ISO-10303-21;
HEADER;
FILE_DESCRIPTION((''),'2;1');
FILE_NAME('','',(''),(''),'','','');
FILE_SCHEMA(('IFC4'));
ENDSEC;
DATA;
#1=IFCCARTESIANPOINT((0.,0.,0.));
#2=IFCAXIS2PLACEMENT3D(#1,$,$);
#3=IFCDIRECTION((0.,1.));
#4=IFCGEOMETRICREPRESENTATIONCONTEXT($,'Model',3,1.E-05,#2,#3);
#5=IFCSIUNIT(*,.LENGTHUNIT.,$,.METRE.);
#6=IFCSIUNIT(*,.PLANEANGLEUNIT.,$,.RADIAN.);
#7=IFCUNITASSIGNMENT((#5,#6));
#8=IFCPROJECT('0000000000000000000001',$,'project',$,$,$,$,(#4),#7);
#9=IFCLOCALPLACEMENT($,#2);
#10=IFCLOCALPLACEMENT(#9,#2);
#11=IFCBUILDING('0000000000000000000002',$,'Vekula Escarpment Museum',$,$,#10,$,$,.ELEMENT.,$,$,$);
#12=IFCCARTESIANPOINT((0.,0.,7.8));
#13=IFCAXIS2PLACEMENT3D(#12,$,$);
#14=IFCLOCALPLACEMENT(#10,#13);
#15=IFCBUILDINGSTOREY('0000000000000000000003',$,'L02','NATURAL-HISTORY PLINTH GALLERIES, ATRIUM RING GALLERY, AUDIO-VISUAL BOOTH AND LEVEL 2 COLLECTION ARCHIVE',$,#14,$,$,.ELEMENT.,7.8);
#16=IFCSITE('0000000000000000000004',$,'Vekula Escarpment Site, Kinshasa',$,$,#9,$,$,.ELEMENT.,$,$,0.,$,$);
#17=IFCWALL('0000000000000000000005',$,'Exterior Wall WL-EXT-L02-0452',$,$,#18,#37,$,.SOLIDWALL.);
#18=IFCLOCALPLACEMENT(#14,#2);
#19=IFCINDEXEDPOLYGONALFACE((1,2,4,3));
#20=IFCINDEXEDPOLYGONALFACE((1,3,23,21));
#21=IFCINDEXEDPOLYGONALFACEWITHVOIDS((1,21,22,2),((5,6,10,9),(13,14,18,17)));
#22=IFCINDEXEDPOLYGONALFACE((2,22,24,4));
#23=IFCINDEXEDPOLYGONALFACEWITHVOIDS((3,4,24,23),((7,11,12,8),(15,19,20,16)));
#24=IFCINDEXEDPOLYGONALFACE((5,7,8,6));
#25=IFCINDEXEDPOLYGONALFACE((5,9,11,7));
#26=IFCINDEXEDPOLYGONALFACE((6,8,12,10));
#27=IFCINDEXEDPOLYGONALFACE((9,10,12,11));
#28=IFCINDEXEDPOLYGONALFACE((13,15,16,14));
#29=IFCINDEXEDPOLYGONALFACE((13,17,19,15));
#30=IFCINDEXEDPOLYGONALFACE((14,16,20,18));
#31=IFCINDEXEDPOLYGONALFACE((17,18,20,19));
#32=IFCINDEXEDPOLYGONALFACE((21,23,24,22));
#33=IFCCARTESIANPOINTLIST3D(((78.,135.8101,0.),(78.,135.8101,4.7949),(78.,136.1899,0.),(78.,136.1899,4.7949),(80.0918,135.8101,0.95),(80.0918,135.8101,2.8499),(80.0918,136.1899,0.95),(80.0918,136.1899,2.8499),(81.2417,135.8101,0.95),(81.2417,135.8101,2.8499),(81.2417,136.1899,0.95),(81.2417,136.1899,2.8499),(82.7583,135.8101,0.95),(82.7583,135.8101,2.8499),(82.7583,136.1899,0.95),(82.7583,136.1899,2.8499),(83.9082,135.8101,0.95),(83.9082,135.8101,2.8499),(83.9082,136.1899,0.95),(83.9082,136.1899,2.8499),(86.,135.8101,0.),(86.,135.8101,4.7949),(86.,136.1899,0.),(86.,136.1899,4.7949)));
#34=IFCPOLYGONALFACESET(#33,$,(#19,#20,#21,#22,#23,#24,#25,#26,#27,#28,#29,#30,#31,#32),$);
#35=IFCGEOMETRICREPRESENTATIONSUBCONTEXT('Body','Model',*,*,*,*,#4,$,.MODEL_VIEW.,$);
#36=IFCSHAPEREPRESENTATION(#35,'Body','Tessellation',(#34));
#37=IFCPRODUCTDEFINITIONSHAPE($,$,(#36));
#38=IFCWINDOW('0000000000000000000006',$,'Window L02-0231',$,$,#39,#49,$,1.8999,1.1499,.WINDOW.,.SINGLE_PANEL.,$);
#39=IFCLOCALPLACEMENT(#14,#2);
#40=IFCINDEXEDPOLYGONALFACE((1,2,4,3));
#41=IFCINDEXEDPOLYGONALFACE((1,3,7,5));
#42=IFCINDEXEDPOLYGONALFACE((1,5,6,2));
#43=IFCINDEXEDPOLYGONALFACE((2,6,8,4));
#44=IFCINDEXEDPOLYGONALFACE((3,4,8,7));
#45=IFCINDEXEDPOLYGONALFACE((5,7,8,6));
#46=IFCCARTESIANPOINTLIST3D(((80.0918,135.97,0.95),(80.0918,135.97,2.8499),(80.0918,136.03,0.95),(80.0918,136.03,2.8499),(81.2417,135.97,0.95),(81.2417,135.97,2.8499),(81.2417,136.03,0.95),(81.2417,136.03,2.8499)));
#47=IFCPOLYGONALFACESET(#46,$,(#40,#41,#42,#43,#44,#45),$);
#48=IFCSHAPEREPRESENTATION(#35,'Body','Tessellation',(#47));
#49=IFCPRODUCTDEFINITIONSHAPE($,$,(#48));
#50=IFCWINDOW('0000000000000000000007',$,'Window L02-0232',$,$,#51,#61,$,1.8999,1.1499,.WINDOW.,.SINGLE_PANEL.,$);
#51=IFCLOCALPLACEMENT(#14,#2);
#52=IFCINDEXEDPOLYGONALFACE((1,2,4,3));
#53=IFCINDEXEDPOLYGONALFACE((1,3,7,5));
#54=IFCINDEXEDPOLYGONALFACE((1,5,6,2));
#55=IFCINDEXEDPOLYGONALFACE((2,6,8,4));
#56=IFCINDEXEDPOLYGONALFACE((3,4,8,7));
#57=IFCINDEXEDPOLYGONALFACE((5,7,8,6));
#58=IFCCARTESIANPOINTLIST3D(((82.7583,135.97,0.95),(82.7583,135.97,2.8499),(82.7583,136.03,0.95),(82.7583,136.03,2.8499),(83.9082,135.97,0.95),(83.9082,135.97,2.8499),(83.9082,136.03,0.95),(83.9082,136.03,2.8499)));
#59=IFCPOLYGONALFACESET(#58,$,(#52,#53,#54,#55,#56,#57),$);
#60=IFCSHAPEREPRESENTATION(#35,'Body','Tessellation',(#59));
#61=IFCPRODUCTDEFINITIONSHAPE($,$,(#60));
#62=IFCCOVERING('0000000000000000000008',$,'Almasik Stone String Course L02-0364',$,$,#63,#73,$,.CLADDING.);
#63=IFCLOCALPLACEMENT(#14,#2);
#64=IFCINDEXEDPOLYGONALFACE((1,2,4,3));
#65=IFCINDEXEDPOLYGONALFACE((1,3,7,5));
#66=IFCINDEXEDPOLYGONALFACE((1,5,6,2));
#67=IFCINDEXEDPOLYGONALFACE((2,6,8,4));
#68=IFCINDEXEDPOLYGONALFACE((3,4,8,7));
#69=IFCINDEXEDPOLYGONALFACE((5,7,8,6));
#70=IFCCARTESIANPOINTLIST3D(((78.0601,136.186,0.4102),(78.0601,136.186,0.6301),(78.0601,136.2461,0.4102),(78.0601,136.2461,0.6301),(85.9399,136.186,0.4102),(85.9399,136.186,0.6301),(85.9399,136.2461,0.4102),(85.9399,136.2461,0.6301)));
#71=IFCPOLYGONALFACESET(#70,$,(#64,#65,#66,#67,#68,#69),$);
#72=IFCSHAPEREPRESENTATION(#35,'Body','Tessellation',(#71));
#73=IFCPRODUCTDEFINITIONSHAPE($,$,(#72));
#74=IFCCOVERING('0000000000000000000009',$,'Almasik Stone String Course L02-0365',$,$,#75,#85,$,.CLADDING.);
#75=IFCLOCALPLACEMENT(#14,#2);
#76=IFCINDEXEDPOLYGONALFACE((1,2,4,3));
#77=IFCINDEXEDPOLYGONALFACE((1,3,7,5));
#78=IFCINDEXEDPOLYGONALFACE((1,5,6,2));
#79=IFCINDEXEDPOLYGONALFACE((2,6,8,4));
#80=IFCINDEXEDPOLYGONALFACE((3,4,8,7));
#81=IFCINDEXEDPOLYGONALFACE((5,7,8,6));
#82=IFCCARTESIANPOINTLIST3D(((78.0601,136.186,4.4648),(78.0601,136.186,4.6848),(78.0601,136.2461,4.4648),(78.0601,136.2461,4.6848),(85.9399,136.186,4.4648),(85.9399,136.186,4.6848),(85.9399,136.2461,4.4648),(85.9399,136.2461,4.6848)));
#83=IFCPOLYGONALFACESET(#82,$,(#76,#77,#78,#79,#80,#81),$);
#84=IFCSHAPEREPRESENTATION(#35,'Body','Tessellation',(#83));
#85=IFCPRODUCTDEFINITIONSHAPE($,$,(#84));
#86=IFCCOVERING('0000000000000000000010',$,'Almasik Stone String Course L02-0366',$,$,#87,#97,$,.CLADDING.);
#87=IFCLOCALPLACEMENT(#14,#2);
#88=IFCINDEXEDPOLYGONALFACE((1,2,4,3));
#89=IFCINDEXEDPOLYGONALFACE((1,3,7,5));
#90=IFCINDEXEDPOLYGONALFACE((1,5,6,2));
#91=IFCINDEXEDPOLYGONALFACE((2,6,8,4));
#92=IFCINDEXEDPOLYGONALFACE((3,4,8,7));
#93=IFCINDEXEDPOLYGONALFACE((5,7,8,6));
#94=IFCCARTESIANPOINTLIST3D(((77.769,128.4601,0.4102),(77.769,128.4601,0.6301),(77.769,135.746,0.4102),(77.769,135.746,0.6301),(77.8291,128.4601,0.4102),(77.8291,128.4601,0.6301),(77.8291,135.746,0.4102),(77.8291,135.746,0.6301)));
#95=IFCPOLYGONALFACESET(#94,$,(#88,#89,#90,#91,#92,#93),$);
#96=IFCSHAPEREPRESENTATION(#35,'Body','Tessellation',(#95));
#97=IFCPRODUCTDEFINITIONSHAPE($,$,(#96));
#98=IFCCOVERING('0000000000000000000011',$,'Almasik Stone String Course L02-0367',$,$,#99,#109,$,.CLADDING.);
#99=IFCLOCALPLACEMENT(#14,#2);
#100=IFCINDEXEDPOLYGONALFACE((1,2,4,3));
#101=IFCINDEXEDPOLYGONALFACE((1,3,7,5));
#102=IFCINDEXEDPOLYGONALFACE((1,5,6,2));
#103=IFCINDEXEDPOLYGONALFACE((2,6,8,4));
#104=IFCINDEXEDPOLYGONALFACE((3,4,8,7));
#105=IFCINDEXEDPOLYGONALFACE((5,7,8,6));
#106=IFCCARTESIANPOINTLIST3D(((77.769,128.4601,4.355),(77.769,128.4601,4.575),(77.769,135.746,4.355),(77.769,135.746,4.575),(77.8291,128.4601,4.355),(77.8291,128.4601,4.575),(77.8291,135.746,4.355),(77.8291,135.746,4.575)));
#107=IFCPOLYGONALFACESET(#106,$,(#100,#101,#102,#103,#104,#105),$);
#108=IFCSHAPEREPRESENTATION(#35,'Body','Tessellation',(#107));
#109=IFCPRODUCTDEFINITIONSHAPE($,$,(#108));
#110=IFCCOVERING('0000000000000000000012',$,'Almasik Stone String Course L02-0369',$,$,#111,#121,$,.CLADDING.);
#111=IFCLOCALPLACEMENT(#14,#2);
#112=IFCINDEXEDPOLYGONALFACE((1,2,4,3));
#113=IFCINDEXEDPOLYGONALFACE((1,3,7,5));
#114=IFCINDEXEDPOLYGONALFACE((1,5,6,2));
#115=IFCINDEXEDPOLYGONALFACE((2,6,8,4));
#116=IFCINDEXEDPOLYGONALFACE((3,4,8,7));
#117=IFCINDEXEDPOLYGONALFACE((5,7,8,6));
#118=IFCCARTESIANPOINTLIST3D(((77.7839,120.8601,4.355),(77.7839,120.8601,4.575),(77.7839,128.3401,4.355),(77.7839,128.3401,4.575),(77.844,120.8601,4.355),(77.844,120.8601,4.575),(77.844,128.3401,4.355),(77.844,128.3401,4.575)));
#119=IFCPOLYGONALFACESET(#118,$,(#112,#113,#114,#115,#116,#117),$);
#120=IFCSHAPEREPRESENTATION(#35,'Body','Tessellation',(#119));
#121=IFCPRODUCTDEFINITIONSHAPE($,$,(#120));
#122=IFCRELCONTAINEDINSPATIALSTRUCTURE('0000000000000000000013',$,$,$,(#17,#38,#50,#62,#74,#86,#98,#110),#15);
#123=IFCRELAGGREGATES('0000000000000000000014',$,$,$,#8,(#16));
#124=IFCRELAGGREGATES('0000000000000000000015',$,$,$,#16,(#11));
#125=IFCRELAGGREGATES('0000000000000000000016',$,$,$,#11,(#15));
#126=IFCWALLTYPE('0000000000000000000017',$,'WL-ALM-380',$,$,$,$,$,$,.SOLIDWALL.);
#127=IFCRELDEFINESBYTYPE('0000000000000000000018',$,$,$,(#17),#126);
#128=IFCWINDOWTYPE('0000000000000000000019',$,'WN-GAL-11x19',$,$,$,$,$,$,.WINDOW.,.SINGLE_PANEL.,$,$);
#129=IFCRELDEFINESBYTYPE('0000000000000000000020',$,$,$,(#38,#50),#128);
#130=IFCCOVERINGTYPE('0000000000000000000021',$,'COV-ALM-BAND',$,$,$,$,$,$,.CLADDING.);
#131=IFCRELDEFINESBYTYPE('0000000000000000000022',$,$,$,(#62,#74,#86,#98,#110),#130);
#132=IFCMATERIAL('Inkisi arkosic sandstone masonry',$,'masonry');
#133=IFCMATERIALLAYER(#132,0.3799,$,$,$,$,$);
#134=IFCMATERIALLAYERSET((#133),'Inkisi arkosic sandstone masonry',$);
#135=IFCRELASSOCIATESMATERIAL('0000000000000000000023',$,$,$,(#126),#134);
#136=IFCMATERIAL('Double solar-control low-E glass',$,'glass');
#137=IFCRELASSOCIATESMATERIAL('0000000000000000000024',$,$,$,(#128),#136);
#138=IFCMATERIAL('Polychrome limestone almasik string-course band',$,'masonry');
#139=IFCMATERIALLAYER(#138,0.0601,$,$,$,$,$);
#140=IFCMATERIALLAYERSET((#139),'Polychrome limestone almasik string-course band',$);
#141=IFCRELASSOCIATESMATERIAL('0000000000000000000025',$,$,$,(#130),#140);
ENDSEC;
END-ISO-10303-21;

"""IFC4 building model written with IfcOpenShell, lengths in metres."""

from ifc_helpers import new_model, si_unit, direction, frame, frame_2d, origin, origin_2d, place, context, subcontext, project, spatial, rectangle, extrude, material, layer, layer_set, type_object, element, fill, save


model = new_model("IFC4")

# Units and contexts
model_context = context("Model", 3, precision=1e-05, world=origin(), true_north=direction((0.0, 1.0)))
body_context = subcontext(model_context, "Body", "Model", "MODEL_VIEW")
ifc_project = project(units=[si_unit("LENGTHUNIT", "METRE"), si_unit("PLANEANGLEUNIT", "RADIAN")], contexts=[model_context])

# Site, building, storey
site_placement = place(None, origin())
site = spatial("IfcSite", under=ifc_project, at=site_placement, Name="Vekula Escarpment Site, Kinshasa", CompositionType="ELEMENT", RefElevation=0.0)
building_placement = place(site_placement, origin())
building = spatial("IfcBuilding", under=site, at=building_placement, Name="Vekula Escarpment Museum", CompositionType="ELEMENT")
storey_placement = place(building_placement, frame((0.0, 0.0, 7.8)))
storey = spatial("IfcBuildingStorey", under=building, at=storey_placement, Name="L02", Description="NATURAL-HISTORY PLINTH GALLERIES, ATRIUM RING GALLERY, AUDIO-VISUAL BOOTH AND LEVEL 2 COLLECTION ARCHIVE", CompositionType="ELEMENT", Elevation=7.8)

# Wall, openings, windows
ifc_material_1 = material(Name="Inkisi arkosic sandstone masonry", Category="masonry")
ifc_layer_1 = layer(ifc_material_1, 0.3799)
ifc_layer_set_1 = layer_set([ifc_layer_1], Name="Inkisi arkosic sandstone masonry")
wall_type_1 = type_object("IfcWallType", Name="WL-ALM-380", PredefinedType="SOLIDWALL", material=ifc_layer_set_1)
wall_1_placement = place(storey_placement, frame((78.0, 136.0, 0.0), z_axis=(0.0, 0.0, 1.0), x_axis=(1.0, 0.0, 0.0)))
wall_1 = element("IfcWall", 1, at=wall_1_placement, inside=storey, type_object=wall_type_1, Name="Exterior Wall WL-EXT-L02-0452", PredefinedType="SOLIDWALL", context=body_context, shape_type="SweptSolid", body=[
    extrude(rectangle(XDim=8.0, YDim=0.3799, at=frame_2d((4.0, 0.0))), origin(), (0.0, 0.0, 1.0), 4.7949),
])
opening_1_placement = place(wall_1_placement, frame((2.0918, 0.0, 0.95)))
opening_1 = element("IfcOpeningElement", 2, at=opening_1_placement, cuts=wall_1, PredefinedType="OPENING", context=body_context, shape_type="SweptSolid", body=[
    extrude(rectangle(XDim=1.1499, YDim=1.8999, at=frame_2d((0.575, 0.95))), frame((0.0, 0.2, 0.0), z_axis=(0.0, -1.0, 0.0), x_axis=(1.0, 0.0, 0.0)), (0.0, 0.0, 1.0), 0.3999),
])
opening_2_placement = place(wall_1_placement, frame((4.7583, 0.0, 0.95)))
opening_2 = element("IfcOpeningElement", 3, at=opening_2_placement, cuts=wall_1, PredefinedType="OPENING", context=body_context, shape_type="SweptSolid", body=[
    extrude(rectangle(XDim=1.1499, YDim=1.8999, at=frame_2d((0.575, 0.95))), frame((0.0, 0.2, 0.0), z_axis=(0.0, -1.0, 0.0), x_axis=(1.0, 0.0, 0.0)), (0.0, 0.0, 1.0), 0.3999),
])
ifc_material_2 = material(Name="Double solar-control low-E glass", Category="glass")
window_type_1 = type_object("IfcWindowType", Name="WN-GAL-11x19", PartitioningType="SINGLE_PANEL", PredefinedType="WINDOW", material=ifc_material_2)
window_1_placement = place(opening_1_placement, origin())
window_1 = element("IfcWindow", 4, at=window_1_placement, inside=storey, type_object=window_type_1, Name="Window L02-0231", OverallHeight=1.8999, OverallWidth=1.1499, PartitioningType="SINGLE_PANEL", PredefinedType="WINDOW", context=body_context, shape_type="SweptSolid", body=[
    extrude(rectangle(XDim=1.1499, YDim=1.8999, at=frame_2d((0.575, 0.95))), frame((0.0, 0.03, 0.0), z_axis=(0.0, -1.0, 0.0), x_axis=(1.0, 0.0, 0.0)), (0.0, 0.0, 1.0), 0.0601),
])
fill(opening_1, window_1)
window_2_placement = place(opening_2_placement, origin())
window_2 = element("IfcWindow", 5, at=window_2_placement, inside=storey, type_object=window_type_1, Name="Window L02-0232", OverallHeight=1.8999, OverallWidth=1.1499, PartitioningType="SINGLE_PANEL", PredefinedType="WINDOW", context=body_context, shape_type="SweptSolid", body=[
    extrude(rectangle(XDim=1.1499, YDim=1.8999, at=frame_2d((0.575, 0.95))), frame((0.0, 0.03, 0.0), z_axis=(0.0, -1.0, 0.0), x_axis=(1.0, 0.0, 0.0)), (0.0, 0.0, 1.0), 0.0601),
])
fill(opening_2, window_2)

# Coverings
ifc_material_3 = material(Name="Polychrome limestone almasik string-course band", Category="masonry")
ifc_layer_2 = layer(ifc_material_3, 0.0601)
ifc_layer_set_2 = layer_set([ifc_layer_2], Name="Polychrome limestone almasik string-course band")
covering_type = type_object("IfcCoveringType", Name="COV-ALM-BAND", PredefinedType="CLADDING", material=ifc_layer_set_2)
for number, where, z_axis, x_axis, name in (
    (6, (82.0, 136.2161, 0.4102), (0.0, 0.0, 1.0), (1.0, 0.0, 0.0), "Almasik Stone String Course L02-0364"),
    (7, (82.0, 136.2161, 4.4648), (0.0, 0.0, 1.0), (1.0, 0.0, 0.0), "Almasik Stone String Course L02-0365"),
):
    element("IfcCovering", number, at=place(storey_placement, frame(where, z_axis=z_axis, x_axis=x_axis)), inside=storey, type_object=covering_type, Name=name, PredefinedType="CLADDING", context=body_context, shape_type="SweptSolid", body=[
        extrude(rectangle(XDim=7.8799, YDim=0.0601, at=origin_2d()), origin(), (0.0, 0.0, 1.0), 0.22),
    ])
for number, where, z_axis, x_axis, name in (
    (8, (77.7991, 132.103, 0.4102), (0.0, 0.0, 1.0), (0.0, 1.0, 0.0), "Almasik Stone String Course L02-0366"),
    (9, (77.7991, 132.103, 4.355), (0.0, 0.0, 1.0), (0.0, 1.0, 0.0), "Almasik Stone String Course L02-0367"),
):
    element("IfcCovering", number, at=place(storey_placement, frame(where, z_axis=z_axis, x_axis=x_axis)), inside=storey, type_object=covering_type, Name=name, PredefinedType="CLADDING", context=body_context, shape_type="SweptSolid", body=[
        extrude(rectangle(XDim=7.2859, YDim=0.0601, at=origin_2d()), origin(), (0.0, 0.0, 1.0), 0.22),
    ])
covering_placement = place(storey_placement, frame((77.814, 124.6001, 4.355), z_axis=(0.0, 0.0, 1.0), x_axis=(0.0, 1.0, 0.0)))
element("IfcCovering", 10, at=covering_placement, inside=storey, type_object=covering_type, Name="Almasik Stone String Course L02-0369", PredefinedType="CLADDING", context=body_context, shape_type="SweptSolid", body=[
    extrude(rectangle(XDim=7.48, YDim=0.0601, at=origin_2d()), origin(), (0.0, 0.0, 1.0), 0.22),
])

save(model, "model.ifc")
